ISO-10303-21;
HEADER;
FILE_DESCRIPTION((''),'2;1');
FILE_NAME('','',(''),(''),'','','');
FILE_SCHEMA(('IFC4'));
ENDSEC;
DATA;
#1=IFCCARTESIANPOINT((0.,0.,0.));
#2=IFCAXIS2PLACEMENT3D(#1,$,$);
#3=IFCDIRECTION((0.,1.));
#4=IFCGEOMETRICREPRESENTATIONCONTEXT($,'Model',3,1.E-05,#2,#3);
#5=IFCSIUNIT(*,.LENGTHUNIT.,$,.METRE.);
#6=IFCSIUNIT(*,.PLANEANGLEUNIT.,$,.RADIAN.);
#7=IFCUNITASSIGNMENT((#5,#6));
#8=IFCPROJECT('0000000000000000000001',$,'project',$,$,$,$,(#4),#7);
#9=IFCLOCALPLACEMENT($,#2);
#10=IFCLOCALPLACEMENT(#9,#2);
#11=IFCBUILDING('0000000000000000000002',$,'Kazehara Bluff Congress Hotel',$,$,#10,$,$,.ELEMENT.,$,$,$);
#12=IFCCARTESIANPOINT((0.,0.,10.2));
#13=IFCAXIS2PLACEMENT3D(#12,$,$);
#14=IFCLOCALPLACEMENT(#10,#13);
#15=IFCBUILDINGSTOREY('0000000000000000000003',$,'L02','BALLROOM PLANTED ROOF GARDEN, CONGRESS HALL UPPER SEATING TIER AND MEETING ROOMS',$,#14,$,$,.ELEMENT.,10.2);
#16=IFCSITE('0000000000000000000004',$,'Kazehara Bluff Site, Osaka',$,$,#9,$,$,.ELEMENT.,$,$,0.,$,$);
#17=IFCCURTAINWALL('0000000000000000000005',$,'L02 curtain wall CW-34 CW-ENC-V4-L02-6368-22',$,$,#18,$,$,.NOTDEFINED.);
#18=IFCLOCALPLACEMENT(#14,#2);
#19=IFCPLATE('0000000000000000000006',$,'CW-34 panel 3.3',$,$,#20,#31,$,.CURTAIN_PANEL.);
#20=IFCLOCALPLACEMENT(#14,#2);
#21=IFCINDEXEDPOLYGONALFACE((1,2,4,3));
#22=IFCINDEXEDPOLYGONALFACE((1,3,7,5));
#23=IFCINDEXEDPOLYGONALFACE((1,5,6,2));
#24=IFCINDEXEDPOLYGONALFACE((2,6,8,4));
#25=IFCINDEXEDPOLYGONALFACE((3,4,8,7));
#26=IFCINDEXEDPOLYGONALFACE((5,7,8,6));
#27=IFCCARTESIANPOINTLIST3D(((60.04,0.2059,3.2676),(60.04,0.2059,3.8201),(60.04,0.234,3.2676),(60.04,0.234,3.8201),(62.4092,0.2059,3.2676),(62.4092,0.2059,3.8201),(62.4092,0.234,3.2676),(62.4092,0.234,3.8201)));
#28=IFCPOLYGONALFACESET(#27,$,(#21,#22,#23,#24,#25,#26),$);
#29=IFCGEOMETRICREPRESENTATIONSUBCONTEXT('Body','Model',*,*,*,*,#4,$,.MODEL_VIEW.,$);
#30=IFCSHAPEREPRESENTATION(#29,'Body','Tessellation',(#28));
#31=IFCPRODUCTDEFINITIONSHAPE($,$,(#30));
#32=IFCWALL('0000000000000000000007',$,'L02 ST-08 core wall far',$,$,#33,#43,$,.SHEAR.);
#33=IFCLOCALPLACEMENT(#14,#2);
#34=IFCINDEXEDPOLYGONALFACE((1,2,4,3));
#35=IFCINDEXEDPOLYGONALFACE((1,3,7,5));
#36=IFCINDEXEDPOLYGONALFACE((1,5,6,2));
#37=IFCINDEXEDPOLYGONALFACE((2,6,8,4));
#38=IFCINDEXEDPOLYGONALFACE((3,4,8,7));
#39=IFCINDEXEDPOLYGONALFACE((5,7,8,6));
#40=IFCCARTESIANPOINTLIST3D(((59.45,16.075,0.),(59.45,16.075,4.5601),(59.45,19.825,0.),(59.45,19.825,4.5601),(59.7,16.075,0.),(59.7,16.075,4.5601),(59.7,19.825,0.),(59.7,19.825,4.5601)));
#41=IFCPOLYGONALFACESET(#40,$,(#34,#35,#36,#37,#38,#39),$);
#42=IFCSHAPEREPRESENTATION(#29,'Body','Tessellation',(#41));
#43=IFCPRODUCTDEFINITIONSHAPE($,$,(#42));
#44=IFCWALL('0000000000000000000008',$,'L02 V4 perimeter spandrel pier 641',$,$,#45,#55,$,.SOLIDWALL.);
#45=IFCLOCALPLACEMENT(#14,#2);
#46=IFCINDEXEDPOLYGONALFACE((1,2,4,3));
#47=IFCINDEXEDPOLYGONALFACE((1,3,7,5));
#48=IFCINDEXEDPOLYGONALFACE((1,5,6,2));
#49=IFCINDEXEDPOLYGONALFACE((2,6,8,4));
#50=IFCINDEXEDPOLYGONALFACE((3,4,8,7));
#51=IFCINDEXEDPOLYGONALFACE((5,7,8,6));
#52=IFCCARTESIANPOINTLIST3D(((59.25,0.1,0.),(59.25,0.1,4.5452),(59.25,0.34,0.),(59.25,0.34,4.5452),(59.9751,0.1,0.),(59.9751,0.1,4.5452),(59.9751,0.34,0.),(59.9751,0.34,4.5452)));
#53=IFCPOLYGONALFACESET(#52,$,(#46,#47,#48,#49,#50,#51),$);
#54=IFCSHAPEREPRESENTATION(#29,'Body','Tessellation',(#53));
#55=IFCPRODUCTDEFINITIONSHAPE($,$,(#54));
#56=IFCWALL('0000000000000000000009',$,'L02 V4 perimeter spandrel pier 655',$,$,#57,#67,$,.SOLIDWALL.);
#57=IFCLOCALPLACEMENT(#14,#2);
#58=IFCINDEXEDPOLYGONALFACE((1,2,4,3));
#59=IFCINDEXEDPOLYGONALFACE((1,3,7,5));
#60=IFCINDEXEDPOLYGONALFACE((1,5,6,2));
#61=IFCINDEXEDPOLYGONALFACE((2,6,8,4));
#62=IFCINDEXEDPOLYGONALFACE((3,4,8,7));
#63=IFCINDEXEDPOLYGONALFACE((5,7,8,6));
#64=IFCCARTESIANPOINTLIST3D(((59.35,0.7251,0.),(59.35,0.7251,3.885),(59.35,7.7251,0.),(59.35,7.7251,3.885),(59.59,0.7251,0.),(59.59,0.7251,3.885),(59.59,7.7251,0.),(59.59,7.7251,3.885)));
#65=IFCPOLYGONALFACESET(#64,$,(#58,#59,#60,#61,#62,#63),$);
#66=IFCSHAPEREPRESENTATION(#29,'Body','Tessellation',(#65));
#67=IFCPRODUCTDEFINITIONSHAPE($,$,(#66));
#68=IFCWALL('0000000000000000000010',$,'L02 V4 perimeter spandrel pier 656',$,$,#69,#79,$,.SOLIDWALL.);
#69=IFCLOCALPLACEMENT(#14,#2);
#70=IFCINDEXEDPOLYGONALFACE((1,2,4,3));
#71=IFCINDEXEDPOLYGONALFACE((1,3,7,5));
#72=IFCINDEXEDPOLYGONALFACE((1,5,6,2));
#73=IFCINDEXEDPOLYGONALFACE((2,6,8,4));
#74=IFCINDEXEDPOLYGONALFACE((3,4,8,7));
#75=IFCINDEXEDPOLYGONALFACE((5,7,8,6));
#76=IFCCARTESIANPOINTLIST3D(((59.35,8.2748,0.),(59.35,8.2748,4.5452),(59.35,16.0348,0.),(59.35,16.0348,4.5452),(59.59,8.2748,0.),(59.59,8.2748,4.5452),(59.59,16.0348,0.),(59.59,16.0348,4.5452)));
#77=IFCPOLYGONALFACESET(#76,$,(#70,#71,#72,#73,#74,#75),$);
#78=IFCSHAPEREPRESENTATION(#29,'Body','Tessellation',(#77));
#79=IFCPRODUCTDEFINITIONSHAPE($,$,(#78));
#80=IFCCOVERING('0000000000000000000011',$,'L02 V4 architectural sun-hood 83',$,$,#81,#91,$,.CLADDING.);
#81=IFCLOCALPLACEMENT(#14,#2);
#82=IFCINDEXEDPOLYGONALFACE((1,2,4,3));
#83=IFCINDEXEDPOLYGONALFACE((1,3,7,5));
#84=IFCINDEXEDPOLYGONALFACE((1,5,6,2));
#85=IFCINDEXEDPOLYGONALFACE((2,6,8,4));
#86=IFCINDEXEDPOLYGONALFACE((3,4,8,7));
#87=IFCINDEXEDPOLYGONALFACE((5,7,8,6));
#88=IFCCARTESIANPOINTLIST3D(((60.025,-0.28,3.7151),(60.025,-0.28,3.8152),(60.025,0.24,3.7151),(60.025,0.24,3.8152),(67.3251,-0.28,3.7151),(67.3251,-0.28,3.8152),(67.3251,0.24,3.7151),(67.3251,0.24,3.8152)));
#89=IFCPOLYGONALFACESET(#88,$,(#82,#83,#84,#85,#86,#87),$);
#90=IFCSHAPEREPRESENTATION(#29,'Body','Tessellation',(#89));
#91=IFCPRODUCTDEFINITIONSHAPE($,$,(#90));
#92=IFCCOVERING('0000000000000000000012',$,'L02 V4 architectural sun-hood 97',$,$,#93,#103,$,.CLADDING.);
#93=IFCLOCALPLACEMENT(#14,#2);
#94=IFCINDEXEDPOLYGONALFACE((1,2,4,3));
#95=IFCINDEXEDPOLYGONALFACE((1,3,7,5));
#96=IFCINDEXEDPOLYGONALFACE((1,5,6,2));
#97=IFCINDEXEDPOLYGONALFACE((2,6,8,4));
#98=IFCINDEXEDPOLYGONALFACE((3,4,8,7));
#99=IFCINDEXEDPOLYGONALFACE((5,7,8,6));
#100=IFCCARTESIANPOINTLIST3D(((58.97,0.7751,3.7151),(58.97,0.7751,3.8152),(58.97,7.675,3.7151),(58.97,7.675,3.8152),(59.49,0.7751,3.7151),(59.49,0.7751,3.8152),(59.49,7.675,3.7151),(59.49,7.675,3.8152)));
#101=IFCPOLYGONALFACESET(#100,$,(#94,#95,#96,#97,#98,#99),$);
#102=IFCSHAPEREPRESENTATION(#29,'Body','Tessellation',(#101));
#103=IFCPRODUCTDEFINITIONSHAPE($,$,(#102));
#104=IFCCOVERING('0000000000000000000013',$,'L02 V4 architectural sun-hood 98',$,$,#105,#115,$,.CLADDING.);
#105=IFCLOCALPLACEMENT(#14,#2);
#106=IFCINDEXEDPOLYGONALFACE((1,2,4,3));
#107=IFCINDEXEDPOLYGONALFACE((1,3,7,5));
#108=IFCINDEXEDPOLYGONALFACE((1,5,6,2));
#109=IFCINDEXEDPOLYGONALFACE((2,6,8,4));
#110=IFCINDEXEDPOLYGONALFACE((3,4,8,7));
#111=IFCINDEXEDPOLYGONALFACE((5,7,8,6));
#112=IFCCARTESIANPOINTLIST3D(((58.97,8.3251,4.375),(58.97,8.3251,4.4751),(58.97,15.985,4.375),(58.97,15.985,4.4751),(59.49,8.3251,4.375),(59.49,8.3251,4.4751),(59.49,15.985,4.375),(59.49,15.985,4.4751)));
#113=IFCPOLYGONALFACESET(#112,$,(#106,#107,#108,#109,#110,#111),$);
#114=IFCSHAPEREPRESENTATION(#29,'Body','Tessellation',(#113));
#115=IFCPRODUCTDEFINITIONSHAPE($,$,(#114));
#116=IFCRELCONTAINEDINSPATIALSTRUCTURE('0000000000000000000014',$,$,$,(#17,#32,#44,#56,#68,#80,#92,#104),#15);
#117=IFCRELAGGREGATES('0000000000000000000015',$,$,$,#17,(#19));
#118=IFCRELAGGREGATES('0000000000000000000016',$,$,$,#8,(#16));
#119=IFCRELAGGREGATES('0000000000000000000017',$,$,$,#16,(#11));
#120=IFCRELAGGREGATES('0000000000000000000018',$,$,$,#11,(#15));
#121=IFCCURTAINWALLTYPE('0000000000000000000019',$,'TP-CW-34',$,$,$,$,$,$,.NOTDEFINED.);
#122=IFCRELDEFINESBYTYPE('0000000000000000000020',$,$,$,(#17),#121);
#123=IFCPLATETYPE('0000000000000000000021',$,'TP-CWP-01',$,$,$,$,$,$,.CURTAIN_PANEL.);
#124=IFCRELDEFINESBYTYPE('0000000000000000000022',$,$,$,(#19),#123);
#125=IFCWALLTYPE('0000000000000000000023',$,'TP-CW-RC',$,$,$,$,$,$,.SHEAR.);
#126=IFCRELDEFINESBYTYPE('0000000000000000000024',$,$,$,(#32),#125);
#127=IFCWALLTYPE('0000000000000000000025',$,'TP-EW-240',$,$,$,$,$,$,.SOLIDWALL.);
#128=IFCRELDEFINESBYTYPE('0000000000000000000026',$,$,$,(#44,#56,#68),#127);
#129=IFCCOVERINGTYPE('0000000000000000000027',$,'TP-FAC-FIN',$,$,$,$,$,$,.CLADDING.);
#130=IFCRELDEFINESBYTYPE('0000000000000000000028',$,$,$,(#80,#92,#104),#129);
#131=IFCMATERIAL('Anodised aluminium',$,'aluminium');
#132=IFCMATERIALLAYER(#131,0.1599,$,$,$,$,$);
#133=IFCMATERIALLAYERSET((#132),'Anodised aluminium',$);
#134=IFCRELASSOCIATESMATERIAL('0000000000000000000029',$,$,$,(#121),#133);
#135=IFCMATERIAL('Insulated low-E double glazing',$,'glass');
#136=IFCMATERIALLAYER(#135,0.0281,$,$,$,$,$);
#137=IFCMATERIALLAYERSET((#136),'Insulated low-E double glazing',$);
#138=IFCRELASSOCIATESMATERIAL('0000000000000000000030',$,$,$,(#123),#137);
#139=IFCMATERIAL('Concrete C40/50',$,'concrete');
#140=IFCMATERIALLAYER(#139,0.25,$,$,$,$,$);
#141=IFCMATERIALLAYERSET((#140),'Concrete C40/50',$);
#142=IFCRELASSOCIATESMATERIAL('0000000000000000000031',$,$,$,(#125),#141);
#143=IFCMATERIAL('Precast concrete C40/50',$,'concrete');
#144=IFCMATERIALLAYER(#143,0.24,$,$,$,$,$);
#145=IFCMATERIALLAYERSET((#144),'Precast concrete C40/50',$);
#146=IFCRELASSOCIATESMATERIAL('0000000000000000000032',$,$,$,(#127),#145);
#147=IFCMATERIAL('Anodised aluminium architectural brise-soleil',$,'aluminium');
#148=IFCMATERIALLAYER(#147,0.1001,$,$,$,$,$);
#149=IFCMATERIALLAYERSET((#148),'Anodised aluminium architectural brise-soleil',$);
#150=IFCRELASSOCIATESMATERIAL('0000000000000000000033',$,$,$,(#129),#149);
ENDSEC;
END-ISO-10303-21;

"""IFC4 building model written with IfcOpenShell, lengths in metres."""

from ifc_helpers import new_model, si_unit, direction, frame, frame_2d, origin, origin_2d, place, context, subcontext, project, spatial, rectangle, extrude, material, layer, layer_set, type_object, element, aggregate, save


model = new_model("IFC4")

# Units and contexts
model_context = context("Model", 3, precision=1e-05, world=origin(), true_north=direction((0.0, 1.0)))
body_context = subcontext(model_context, "Body", "Model", "MODEL_VIEW")
ifc_project = project(units=[si_unit("LENGTHUNIT", "METRE"), si_unit("PLANEANGLEUNIT", "RADIAN")], contexts=[model_context])

# Site, building, storey
site_placement = place(None, origin())
site = spatial("IfcSite", under=ifc_project, at=site_placement, Name="Kazehara Bluff Site, Osaka", CompositionType="ELEMENT", RefElevation=0.0)
building_placement = place(site_placement, origin())
building = spatial("IfcBuilding", under=site, at=building_placement, Name="Kazehara Bluff Congress Hotel", CompositionType="ELEMENT")
storey_placement = place(building_placement, frame((0.0, 0.0, 10.2)))
storey = spatial("IfcBuildingStorey", under=building, at=storey_placement, Name="L02", Description="BALLROOM PLANTED ROOF GARDEN, CONGRESS HALL UPPER SEATING TIER AND MEETING ROOMS", CompositionType="ELEMENT", Elevation=10.2)

# Curtain wall
ifc_material_1 = material(Name="Anodised aluminium", Category="aluminium")
ifc_layer_1 = layer(ifc_material_1, 0.1599)
ifc_layer_set_1 = layer_set([ifc_layer_1], Name="Anodised aluminium")
curtain_wall_type_1 = type_object("IfcCurtainWallType", Name="TP-CW-34", PredefinedType="NOTDEFINED", material=ifc_layer_set_1)
curtain_wall_1_placement = place(storey_placement, origin())
curtain_wall_1 = element("IfcCurtainWall", 1, at=curtain_wall_1_placement, inside=storey, type_object=curtain_wall_type_1, Name="L02 curtain wall CW-34 CW-ENC-V4-L02-6368-22", PredefinedType="NOTDEFINED")

# Shared definitions
ifc_material_2 = material(Name="Insulated low-E double glazing", Category="glass")
ifc_layer_2 = layer(ifc_material_2, 0.0281)
ifc_layer_set_2 = layer_set([ifc_layer_2], Name="Insulated low-E double glazing")
plate_type = type_object("IfcPlateType", Name="TP-CWP-01", PredefinedType="CURTAIN_PANEL", material=ifc_layer_set_2)

# Plate
plate_1_placement = place(storey_placement, frame((61.2246, 0.22, 3.2676), z_axis=(0.0, 0.0, 1.0), x_axis=(-1.0, 0.0, 0.0)))
plate_1 = element("IfcPlate", 2, at=plate_1_placement, type_object=plate_type, Name="CW-34 panel 3.3", PredefinedType="CURTAIN_PANEL", context=body_context, shape_type="SweptSolid", body=[
    extrude(rectangle(XDim=2.3691, YDim=0.0281, at=origin_2d()), origin(), (0.0, 0.0, 1.0), 0.5525),
])
aggregate(curtain_wall_1, [plate_1])

# Walls
ifc_material_3 = material(Name="Concrete C40/50", Category="concrete")
ifc_layer_3 = layer(ifc_material_3, 0.25)
ifc_layer_set_3 = layer_set([ifc_layer_3], Name="Concrete C40/50")
wall_type_1 = type_object("IfcWallType", Name="TP-CW-RC", PredefinedType="SHEAR", material=ifc_layer_set_3)
wall_1_placement = place(storey_placement, frame((59.575, 16.075, 0.0), z_axis=(0.0, 0.0, 1.0), x_axis=(0.0, 1.0, 0.0)))
element("IfcWall", 3, at=wall_1_placement, inside=storey, type_object=wall_type_1, Name="L02 ST-08 core wall far", PredefinedType="SHEAR", context=body_context, shape_type="SweptSolid", body=[
    extrude(rectangle(XDim=3.75, YDim=0.25, at=frame_2d((1.875, 0.0))), origin(), (0.0, 0.0, 1.0), 4.5601),
])
ifc_material_4 = material(Name="Precast concrete C40/50", Category="concrete")
ifc_layer_4 = layer(ifc_material_4, 0.24)
ifc_layer_set_4 = layer_set([ifc_layer_4], Name="Precast concrete C40/50")
wall_type_2 = type_object("IfcWallType", Name="TP-EW-240", PredefinedType="SOLIDWALL", material=ifc_layer_set_4)
wall_2_placement = place(storey_placement, frame((59.9751, 0.22, 0.0), z_axis=(0.0, 0.0, 1.0), x_axis=(-1.0, 0.0, 0.0)))
element("IfcWall", 4, at=wall_2_placement, inside=storey, type_object=wall_type_2, Name="L02 V4 perimeter spandrel pier 641", PredefinedType="SOLIDWALL", context=body_context, shape_type="SweptSolid", body=[
    extrude(rectangle(XDim=0.7251, YDim=0.24, at=frame_2d((0.3625, 0.0))), origin(), (0.0, 0.0, 1.0), 4.5452),
])
wall_3_placement = place(storey_placement, frame((59.47, 0.7251, 0.0), z_axis=(0.0, 0.0, 1.0), x_axis=(0.0, 1.0, 0.0)))
element("IfcWall", 5, at=wall_3_placement, inside=storey, type_object=wall_type_2, Name="L02 V4 perimeter spandrel pier 655", PredefinedType="SOLIDWALL", context=body_context, shape_type="SweptSolid", body=[
    extrude(rectangle(XDim=7.0, YDim=0.24, at=frame_2d((3.5, 0.0))), origin(), (0.0, 0.0, 1.0), 3.885),
])
wall_4_placement = place(storey_placement, frame((59.47, 8.2749, 0.0), z_axis=(0.0, 0.0, 1.0), x_axis=(0.0, 1.0, 0.0)))
element("IfcWall", 6, at=wall_4_placement, inside=storey, type_object=wall_type_2, Name="L02 V4 perimeter spandrel pier 656", PredefinedType="SOLIDWALL", context=body_context, shape_type="SweptSolid", body=[
    extrude(rectangle(XDim=7.76, YDim=0.24, at=frame_2d((3.8799, 0.0))), origin(), (0.0, 0.0, 1.0), 4.5452),
])

# Coverings
ifc_material_5 = material(Name="Anodised aluminium architectural brise-soleil", Category="aluminium")
ifc_layer_5 = layer(ifc_material_5, 0.1001)
ifc_layer_set_5 = layer_set([ifc_layer_5], Name="Anodised aluminium architectural brise-soleil")
covering_type = type_object("IfcCoveringType", Name="TP-FAC-FIN", PredefinedType="CLADDING", material=ifc_layer_set_5)
covering_1_placement = place(storey_placement, frame((63.675, -0.02, 3.7151), z_axis=(0.0, 0.0, 1.0), x_axis=(1.0, 0.0, 0.0)))
element("IfcCovering", 7, at=covering_1_placement, inside=storey, type_object=covering_type, Name="L02 V4 architectural sun-hood 83", PredefinedType="CLADDING", context=body_context, shape_type="SweptSolid", body=[
    extrude(rectangle(XDim=7.3, YDim=0.52, at=origin_2d()), origin(), (0.0, 0.0, 1.0), 0.1001),
])
covering_2_placement = place(storey_placement, frame((59.23, 4.2251, 3.7151), z_axis=(0.0, 0.0, 1.0), x_axis=(1.0, 0.0, 0.0)))
element("IfcCovering", 8, at=covering_2_placement, inside=storey, type_object=covering_type, Name="L02 V4 architectural sun-hood 97", PredefinedType="CLADDING", context=body_context, shape_type="SweptSolid", body=[
    extrude(rectangle(XDim=0.52, YDim=6.8999, at=origin_2d()), origin(), (0.0, 0.0, 1.0), 0.1001),
])
covering_3_placement = place(storey_placement, frame((59.23, 12.155, 4.375), z_axis=(0.0, 0.0, 1.0), x_axis=(1.0, 0.0, 0.0)))
element("IfcCovering", 9, at=covering_3_placement, inside=storey, type_object=covering_type, Name="L02 V4 architectural sun-hood 98", PredefinedType="CLADDING", context=body_context, shape_type="SweptSolid", body=[
    extrude(rectangle(XDim=0.52, YDim=7.6599, at=origin_2d()), origin(), (0.0, 0.0, 1.0), 0.1001),
])

save(model, "model.ifc")
